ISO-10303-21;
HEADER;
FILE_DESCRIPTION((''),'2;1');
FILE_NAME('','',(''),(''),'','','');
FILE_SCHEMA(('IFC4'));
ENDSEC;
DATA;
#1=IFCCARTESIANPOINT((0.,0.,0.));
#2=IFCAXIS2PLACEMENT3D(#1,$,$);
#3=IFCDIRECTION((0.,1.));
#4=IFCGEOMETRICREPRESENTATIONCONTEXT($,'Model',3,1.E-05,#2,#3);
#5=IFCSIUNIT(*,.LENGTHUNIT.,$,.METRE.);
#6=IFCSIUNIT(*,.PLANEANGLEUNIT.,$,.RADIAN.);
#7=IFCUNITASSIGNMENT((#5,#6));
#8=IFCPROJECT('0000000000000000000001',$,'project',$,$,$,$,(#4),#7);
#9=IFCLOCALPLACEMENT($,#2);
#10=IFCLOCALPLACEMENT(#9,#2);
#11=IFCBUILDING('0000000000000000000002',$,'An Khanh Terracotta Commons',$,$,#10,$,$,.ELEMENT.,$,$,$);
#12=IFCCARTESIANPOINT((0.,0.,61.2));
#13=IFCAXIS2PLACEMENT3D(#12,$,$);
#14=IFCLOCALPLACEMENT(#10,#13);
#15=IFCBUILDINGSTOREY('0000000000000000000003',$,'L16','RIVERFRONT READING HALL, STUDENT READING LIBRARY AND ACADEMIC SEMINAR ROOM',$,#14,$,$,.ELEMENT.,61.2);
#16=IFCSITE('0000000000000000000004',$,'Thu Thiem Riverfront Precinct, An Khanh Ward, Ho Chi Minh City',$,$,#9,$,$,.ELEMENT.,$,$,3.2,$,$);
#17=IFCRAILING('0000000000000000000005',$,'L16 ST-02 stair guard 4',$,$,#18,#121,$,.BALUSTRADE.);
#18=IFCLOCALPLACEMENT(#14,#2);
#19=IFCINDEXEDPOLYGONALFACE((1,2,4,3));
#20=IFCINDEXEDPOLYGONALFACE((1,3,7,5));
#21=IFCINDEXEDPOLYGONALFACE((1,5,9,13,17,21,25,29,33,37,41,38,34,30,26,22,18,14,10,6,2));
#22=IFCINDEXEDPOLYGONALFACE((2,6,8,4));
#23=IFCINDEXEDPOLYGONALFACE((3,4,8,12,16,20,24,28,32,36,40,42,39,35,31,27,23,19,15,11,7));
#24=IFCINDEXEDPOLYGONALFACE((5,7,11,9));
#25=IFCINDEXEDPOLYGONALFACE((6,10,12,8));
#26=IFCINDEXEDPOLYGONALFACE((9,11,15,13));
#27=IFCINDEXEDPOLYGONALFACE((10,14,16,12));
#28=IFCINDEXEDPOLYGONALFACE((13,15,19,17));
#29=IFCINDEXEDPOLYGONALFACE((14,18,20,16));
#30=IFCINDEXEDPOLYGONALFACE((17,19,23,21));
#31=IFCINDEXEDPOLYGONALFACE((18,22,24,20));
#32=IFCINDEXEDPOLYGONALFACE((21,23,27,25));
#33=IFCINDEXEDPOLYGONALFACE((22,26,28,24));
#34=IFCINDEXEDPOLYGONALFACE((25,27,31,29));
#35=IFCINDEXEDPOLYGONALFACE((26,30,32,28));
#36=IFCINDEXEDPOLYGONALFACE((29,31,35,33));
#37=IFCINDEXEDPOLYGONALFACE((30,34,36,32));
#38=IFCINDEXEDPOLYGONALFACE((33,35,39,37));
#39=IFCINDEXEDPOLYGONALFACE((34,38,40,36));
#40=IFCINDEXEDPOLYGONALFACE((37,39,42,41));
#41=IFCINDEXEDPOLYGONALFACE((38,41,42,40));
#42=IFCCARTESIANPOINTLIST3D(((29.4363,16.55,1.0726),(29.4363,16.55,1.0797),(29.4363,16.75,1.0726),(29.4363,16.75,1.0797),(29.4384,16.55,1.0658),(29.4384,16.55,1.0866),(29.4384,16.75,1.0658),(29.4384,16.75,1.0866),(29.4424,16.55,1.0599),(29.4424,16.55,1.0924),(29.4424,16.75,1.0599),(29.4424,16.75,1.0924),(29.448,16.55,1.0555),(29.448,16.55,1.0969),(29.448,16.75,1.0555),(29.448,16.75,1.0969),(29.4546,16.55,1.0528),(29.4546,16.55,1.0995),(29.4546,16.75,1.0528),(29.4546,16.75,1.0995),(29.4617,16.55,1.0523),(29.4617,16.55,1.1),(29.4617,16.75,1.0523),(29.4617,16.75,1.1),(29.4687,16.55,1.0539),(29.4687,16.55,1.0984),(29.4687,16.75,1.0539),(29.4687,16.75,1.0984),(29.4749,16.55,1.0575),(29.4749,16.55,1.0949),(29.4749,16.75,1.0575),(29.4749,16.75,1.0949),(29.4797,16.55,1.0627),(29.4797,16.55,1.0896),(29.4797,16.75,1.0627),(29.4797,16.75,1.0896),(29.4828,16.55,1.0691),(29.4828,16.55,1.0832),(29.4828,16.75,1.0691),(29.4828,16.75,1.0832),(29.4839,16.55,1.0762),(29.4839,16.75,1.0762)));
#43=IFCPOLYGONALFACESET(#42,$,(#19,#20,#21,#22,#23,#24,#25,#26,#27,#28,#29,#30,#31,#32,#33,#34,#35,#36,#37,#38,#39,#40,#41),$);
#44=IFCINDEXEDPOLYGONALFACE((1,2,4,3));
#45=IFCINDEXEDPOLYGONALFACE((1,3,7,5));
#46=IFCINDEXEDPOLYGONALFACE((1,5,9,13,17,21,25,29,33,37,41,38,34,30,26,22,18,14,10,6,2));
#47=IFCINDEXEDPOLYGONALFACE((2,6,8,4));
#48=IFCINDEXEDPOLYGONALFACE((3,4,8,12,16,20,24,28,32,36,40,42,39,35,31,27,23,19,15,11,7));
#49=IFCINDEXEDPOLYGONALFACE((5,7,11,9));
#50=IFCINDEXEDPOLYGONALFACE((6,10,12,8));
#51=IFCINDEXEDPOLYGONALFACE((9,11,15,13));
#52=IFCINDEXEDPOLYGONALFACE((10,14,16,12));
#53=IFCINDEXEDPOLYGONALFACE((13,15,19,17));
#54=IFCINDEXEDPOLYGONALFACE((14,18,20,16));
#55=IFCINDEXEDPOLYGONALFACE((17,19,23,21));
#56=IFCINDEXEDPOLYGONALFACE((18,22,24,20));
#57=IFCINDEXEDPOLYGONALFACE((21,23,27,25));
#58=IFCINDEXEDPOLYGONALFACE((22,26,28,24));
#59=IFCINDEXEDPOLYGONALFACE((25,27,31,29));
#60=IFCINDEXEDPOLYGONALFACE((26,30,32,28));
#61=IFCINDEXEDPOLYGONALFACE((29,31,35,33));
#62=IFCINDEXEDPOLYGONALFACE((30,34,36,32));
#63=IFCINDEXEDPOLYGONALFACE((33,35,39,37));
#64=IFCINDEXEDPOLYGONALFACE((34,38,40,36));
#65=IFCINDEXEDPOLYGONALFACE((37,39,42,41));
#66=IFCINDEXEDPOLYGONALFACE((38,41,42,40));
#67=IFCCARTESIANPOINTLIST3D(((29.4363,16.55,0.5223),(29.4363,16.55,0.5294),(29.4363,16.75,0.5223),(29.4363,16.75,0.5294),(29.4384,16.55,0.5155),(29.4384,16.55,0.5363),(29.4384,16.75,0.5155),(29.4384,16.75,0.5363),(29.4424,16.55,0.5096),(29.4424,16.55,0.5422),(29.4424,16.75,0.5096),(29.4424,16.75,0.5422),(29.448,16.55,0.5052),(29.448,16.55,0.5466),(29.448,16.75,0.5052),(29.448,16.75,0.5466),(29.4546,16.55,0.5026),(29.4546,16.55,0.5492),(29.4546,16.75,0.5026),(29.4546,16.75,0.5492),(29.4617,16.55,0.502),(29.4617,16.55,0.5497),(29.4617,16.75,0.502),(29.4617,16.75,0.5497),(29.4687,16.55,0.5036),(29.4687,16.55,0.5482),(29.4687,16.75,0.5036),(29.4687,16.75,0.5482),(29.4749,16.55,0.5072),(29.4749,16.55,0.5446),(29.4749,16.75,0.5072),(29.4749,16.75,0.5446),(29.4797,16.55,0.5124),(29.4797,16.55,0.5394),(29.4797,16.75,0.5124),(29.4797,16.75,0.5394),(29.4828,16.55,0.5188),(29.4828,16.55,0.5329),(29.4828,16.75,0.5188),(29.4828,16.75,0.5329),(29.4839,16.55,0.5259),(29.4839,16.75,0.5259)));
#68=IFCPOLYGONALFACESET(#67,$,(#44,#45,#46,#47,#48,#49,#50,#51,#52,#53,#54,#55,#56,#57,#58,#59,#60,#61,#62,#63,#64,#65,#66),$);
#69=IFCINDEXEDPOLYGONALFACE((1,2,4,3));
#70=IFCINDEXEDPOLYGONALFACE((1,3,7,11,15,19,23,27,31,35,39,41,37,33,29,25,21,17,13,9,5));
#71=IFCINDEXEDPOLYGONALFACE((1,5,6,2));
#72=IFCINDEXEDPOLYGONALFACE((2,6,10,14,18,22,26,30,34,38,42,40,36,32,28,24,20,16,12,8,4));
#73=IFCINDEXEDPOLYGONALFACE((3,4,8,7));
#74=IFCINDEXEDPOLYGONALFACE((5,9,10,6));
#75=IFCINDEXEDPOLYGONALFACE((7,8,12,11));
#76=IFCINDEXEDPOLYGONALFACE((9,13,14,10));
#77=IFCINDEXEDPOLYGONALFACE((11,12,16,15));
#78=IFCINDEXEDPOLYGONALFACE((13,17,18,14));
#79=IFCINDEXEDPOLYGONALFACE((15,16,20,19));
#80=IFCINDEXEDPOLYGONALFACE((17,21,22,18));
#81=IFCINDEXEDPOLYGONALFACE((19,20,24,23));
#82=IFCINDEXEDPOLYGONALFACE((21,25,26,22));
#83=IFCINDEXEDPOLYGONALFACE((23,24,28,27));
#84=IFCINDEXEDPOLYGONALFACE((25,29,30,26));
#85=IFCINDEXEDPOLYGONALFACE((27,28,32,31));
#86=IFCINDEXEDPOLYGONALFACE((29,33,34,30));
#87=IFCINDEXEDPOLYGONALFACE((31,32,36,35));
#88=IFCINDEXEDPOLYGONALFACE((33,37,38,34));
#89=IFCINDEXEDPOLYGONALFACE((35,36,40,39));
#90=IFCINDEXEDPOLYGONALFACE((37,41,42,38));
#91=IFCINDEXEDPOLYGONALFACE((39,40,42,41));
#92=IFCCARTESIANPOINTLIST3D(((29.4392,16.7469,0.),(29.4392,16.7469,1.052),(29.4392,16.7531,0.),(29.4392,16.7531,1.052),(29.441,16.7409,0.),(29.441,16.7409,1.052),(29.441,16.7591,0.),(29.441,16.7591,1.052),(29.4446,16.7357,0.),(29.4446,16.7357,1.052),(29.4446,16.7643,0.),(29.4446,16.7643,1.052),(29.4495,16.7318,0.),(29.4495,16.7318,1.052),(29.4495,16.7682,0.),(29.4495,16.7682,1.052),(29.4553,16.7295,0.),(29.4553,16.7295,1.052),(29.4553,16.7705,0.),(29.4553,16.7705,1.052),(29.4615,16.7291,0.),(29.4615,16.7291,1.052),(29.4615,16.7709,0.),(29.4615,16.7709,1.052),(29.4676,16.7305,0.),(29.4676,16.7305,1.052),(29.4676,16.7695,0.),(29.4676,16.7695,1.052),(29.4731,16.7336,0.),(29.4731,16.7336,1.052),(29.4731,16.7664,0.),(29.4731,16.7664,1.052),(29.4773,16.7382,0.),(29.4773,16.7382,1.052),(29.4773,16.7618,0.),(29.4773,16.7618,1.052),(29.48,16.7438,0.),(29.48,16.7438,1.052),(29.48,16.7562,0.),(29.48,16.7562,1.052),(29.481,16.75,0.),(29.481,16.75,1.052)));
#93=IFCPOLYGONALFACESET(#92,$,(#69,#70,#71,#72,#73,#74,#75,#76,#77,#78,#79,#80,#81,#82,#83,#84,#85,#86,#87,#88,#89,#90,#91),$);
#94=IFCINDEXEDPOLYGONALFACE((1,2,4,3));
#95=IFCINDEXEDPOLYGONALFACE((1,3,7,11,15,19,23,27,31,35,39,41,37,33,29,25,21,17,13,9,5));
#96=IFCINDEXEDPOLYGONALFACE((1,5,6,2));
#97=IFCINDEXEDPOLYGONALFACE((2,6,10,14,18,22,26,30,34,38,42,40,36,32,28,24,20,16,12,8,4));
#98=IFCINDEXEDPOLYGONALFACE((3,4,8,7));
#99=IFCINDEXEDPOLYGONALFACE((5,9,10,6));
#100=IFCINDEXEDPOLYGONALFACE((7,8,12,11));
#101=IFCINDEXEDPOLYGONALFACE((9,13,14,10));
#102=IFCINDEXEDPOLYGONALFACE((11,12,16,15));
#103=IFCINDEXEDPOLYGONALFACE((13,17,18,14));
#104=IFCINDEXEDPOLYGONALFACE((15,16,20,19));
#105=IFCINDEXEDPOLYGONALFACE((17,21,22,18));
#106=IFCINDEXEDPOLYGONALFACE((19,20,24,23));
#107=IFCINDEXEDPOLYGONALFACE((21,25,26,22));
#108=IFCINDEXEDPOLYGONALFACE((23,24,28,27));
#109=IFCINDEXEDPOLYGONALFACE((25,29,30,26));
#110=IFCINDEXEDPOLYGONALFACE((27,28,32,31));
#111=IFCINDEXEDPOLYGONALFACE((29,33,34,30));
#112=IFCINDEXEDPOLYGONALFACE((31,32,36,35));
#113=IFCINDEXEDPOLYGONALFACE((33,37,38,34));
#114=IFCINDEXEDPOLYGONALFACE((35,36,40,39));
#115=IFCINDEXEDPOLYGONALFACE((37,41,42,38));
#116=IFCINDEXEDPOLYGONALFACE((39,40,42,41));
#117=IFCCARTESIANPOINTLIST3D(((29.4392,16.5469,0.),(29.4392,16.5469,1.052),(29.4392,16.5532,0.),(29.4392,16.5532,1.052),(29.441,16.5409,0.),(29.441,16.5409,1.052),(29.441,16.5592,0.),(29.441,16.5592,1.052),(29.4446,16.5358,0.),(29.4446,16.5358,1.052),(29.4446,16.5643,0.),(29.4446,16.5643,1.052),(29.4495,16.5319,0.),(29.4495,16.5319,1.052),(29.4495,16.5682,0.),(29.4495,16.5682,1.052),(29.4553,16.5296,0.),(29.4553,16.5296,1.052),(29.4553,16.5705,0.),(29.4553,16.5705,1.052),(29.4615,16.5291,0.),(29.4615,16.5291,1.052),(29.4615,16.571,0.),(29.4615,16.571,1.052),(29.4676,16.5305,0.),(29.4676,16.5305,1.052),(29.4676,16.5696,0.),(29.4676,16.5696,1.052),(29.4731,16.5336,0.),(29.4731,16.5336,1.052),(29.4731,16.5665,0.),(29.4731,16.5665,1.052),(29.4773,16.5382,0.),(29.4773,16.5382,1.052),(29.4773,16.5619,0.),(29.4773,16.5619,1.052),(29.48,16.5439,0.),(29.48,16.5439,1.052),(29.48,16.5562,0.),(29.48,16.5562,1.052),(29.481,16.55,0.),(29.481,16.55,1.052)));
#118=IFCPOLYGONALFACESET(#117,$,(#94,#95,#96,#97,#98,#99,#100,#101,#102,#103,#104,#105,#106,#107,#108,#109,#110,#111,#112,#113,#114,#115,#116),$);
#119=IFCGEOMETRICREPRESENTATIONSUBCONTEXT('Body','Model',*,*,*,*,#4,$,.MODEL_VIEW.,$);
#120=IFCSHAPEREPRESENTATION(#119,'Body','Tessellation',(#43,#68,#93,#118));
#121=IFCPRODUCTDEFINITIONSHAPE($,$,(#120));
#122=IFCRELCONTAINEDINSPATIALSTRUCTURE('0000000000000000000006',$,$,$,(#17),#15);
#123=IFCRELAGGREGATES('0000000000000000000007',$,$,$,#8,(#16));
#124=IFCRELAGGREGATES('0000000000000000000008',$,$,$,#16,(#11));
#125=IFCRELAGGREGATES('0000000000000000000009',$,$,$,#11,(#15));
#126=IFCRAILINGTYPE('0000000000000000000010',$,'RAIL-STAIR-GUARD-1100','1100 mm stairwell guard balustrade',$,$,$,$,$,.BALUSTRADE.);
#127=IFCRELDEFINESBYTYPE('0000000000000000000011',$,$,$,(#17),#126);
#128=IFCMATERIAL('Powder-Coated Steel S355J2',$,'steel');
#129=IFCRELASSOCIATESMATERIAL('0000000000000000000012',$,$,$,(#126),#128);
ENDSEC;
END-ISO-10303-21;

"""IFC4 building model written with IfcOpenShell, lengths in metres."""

from ifc_helpers import new_model, si_unit, direction, frame, origin, origin_2d, place, context, subcontext, project, spatial, circle, extrude, material, type_object, element, save


model = new_model("IFC4")

# Units and contexts
model_context = context("Model", 3, precision=1e-05, world=origin(), true_north=direction((0.0, 1.0)))
body_context = subcontext(model_context, "Body", "Model", "MODEL_VIEW")
ifc_project = project(units=[si_unit("LENGTHUNIT", "METRE"), si_unit("PLANEANGLEUNIT", "RADIAN")], contexts=[model_context])

# Site, building, storey
site_placement = place(None, origin())
site = spatial("IfcSite", under=ifc_project, at=site_placement, Name="Thu Thiem Riverfront Precinct, An Khanh Ward, Ho Chi Minh City", CompositionType="ELEMENT", RefElevation=3.2)
building_placement = place(site_placement, origin())
building = spatial("IfcBuilding", under=site, at=building_placement, Name="An Khanh Terracotta Commons", CompositionType="ELEMENT")
storey_placement = place(building_placement, frame((0.0, 0.0, 61.2)))
storey = spatial("IfcBuildingStorey", under=building, at=storey_placement, Name="L16", Description="RIVERFRONT READING HALL, STUDENT READING LIBRARY AND ACADEMIC SEMINAR ROOM", CompositionType="ELEMENT", Elevation=61.2)

# Railing
ifc_material_1 = material(Name="Powder-Coated Steel S355J2", Category="steel")
railing_type_1 = type_object("IfcRailingType", Name="RAIL-STAIR-GUARD-1100", Description="1100 mm stairwell guard balustrade", PredefinedType="BALUSTRADE", material=ifc_material_1)
railing_1_placement = place(storey_placement, frame((29.46, 16.75, 0.0)))
element("IfcRailing", 1, at=railing_1_placement, inside=storey, type_object=railing_type_1, Name="L16 ST-02 stair guard 4", PredefinedType="BALUSTRADE", context=body_context, shape_type="SweptSolid", body=[
    extrude(circle(Radius=0.0239, at=origin_2d()), frame((0.0, 0.0, 1.0762), z_axis=(0.0, -1.0, 0.0), x_axis=(1.0, 0.0, 0.0)), (0.0, 0.0, 1.0), 0.2),
    extrude(circle(Radius=0.0239, at=origin_2d()), frame((0.0, 0.0, 0.5259), z_axis=(0.0, -1.0, 0.0), x_axis=(1.0, 0.0, 0.0)), (0.0, 0.0, 1.0), 0.2),
    extrude(circle(Radius=0.021, at=origin_2d()), origin(), (0.0, 0.0, 1.0), 1.052),
    extrude(circle(Radius=0.021, at=origin_2d()), frame((0.0, -0.2, 0.0)), (0.0, 0.0, 1.0), 1.052),
])

save(model, "model.ifc")
